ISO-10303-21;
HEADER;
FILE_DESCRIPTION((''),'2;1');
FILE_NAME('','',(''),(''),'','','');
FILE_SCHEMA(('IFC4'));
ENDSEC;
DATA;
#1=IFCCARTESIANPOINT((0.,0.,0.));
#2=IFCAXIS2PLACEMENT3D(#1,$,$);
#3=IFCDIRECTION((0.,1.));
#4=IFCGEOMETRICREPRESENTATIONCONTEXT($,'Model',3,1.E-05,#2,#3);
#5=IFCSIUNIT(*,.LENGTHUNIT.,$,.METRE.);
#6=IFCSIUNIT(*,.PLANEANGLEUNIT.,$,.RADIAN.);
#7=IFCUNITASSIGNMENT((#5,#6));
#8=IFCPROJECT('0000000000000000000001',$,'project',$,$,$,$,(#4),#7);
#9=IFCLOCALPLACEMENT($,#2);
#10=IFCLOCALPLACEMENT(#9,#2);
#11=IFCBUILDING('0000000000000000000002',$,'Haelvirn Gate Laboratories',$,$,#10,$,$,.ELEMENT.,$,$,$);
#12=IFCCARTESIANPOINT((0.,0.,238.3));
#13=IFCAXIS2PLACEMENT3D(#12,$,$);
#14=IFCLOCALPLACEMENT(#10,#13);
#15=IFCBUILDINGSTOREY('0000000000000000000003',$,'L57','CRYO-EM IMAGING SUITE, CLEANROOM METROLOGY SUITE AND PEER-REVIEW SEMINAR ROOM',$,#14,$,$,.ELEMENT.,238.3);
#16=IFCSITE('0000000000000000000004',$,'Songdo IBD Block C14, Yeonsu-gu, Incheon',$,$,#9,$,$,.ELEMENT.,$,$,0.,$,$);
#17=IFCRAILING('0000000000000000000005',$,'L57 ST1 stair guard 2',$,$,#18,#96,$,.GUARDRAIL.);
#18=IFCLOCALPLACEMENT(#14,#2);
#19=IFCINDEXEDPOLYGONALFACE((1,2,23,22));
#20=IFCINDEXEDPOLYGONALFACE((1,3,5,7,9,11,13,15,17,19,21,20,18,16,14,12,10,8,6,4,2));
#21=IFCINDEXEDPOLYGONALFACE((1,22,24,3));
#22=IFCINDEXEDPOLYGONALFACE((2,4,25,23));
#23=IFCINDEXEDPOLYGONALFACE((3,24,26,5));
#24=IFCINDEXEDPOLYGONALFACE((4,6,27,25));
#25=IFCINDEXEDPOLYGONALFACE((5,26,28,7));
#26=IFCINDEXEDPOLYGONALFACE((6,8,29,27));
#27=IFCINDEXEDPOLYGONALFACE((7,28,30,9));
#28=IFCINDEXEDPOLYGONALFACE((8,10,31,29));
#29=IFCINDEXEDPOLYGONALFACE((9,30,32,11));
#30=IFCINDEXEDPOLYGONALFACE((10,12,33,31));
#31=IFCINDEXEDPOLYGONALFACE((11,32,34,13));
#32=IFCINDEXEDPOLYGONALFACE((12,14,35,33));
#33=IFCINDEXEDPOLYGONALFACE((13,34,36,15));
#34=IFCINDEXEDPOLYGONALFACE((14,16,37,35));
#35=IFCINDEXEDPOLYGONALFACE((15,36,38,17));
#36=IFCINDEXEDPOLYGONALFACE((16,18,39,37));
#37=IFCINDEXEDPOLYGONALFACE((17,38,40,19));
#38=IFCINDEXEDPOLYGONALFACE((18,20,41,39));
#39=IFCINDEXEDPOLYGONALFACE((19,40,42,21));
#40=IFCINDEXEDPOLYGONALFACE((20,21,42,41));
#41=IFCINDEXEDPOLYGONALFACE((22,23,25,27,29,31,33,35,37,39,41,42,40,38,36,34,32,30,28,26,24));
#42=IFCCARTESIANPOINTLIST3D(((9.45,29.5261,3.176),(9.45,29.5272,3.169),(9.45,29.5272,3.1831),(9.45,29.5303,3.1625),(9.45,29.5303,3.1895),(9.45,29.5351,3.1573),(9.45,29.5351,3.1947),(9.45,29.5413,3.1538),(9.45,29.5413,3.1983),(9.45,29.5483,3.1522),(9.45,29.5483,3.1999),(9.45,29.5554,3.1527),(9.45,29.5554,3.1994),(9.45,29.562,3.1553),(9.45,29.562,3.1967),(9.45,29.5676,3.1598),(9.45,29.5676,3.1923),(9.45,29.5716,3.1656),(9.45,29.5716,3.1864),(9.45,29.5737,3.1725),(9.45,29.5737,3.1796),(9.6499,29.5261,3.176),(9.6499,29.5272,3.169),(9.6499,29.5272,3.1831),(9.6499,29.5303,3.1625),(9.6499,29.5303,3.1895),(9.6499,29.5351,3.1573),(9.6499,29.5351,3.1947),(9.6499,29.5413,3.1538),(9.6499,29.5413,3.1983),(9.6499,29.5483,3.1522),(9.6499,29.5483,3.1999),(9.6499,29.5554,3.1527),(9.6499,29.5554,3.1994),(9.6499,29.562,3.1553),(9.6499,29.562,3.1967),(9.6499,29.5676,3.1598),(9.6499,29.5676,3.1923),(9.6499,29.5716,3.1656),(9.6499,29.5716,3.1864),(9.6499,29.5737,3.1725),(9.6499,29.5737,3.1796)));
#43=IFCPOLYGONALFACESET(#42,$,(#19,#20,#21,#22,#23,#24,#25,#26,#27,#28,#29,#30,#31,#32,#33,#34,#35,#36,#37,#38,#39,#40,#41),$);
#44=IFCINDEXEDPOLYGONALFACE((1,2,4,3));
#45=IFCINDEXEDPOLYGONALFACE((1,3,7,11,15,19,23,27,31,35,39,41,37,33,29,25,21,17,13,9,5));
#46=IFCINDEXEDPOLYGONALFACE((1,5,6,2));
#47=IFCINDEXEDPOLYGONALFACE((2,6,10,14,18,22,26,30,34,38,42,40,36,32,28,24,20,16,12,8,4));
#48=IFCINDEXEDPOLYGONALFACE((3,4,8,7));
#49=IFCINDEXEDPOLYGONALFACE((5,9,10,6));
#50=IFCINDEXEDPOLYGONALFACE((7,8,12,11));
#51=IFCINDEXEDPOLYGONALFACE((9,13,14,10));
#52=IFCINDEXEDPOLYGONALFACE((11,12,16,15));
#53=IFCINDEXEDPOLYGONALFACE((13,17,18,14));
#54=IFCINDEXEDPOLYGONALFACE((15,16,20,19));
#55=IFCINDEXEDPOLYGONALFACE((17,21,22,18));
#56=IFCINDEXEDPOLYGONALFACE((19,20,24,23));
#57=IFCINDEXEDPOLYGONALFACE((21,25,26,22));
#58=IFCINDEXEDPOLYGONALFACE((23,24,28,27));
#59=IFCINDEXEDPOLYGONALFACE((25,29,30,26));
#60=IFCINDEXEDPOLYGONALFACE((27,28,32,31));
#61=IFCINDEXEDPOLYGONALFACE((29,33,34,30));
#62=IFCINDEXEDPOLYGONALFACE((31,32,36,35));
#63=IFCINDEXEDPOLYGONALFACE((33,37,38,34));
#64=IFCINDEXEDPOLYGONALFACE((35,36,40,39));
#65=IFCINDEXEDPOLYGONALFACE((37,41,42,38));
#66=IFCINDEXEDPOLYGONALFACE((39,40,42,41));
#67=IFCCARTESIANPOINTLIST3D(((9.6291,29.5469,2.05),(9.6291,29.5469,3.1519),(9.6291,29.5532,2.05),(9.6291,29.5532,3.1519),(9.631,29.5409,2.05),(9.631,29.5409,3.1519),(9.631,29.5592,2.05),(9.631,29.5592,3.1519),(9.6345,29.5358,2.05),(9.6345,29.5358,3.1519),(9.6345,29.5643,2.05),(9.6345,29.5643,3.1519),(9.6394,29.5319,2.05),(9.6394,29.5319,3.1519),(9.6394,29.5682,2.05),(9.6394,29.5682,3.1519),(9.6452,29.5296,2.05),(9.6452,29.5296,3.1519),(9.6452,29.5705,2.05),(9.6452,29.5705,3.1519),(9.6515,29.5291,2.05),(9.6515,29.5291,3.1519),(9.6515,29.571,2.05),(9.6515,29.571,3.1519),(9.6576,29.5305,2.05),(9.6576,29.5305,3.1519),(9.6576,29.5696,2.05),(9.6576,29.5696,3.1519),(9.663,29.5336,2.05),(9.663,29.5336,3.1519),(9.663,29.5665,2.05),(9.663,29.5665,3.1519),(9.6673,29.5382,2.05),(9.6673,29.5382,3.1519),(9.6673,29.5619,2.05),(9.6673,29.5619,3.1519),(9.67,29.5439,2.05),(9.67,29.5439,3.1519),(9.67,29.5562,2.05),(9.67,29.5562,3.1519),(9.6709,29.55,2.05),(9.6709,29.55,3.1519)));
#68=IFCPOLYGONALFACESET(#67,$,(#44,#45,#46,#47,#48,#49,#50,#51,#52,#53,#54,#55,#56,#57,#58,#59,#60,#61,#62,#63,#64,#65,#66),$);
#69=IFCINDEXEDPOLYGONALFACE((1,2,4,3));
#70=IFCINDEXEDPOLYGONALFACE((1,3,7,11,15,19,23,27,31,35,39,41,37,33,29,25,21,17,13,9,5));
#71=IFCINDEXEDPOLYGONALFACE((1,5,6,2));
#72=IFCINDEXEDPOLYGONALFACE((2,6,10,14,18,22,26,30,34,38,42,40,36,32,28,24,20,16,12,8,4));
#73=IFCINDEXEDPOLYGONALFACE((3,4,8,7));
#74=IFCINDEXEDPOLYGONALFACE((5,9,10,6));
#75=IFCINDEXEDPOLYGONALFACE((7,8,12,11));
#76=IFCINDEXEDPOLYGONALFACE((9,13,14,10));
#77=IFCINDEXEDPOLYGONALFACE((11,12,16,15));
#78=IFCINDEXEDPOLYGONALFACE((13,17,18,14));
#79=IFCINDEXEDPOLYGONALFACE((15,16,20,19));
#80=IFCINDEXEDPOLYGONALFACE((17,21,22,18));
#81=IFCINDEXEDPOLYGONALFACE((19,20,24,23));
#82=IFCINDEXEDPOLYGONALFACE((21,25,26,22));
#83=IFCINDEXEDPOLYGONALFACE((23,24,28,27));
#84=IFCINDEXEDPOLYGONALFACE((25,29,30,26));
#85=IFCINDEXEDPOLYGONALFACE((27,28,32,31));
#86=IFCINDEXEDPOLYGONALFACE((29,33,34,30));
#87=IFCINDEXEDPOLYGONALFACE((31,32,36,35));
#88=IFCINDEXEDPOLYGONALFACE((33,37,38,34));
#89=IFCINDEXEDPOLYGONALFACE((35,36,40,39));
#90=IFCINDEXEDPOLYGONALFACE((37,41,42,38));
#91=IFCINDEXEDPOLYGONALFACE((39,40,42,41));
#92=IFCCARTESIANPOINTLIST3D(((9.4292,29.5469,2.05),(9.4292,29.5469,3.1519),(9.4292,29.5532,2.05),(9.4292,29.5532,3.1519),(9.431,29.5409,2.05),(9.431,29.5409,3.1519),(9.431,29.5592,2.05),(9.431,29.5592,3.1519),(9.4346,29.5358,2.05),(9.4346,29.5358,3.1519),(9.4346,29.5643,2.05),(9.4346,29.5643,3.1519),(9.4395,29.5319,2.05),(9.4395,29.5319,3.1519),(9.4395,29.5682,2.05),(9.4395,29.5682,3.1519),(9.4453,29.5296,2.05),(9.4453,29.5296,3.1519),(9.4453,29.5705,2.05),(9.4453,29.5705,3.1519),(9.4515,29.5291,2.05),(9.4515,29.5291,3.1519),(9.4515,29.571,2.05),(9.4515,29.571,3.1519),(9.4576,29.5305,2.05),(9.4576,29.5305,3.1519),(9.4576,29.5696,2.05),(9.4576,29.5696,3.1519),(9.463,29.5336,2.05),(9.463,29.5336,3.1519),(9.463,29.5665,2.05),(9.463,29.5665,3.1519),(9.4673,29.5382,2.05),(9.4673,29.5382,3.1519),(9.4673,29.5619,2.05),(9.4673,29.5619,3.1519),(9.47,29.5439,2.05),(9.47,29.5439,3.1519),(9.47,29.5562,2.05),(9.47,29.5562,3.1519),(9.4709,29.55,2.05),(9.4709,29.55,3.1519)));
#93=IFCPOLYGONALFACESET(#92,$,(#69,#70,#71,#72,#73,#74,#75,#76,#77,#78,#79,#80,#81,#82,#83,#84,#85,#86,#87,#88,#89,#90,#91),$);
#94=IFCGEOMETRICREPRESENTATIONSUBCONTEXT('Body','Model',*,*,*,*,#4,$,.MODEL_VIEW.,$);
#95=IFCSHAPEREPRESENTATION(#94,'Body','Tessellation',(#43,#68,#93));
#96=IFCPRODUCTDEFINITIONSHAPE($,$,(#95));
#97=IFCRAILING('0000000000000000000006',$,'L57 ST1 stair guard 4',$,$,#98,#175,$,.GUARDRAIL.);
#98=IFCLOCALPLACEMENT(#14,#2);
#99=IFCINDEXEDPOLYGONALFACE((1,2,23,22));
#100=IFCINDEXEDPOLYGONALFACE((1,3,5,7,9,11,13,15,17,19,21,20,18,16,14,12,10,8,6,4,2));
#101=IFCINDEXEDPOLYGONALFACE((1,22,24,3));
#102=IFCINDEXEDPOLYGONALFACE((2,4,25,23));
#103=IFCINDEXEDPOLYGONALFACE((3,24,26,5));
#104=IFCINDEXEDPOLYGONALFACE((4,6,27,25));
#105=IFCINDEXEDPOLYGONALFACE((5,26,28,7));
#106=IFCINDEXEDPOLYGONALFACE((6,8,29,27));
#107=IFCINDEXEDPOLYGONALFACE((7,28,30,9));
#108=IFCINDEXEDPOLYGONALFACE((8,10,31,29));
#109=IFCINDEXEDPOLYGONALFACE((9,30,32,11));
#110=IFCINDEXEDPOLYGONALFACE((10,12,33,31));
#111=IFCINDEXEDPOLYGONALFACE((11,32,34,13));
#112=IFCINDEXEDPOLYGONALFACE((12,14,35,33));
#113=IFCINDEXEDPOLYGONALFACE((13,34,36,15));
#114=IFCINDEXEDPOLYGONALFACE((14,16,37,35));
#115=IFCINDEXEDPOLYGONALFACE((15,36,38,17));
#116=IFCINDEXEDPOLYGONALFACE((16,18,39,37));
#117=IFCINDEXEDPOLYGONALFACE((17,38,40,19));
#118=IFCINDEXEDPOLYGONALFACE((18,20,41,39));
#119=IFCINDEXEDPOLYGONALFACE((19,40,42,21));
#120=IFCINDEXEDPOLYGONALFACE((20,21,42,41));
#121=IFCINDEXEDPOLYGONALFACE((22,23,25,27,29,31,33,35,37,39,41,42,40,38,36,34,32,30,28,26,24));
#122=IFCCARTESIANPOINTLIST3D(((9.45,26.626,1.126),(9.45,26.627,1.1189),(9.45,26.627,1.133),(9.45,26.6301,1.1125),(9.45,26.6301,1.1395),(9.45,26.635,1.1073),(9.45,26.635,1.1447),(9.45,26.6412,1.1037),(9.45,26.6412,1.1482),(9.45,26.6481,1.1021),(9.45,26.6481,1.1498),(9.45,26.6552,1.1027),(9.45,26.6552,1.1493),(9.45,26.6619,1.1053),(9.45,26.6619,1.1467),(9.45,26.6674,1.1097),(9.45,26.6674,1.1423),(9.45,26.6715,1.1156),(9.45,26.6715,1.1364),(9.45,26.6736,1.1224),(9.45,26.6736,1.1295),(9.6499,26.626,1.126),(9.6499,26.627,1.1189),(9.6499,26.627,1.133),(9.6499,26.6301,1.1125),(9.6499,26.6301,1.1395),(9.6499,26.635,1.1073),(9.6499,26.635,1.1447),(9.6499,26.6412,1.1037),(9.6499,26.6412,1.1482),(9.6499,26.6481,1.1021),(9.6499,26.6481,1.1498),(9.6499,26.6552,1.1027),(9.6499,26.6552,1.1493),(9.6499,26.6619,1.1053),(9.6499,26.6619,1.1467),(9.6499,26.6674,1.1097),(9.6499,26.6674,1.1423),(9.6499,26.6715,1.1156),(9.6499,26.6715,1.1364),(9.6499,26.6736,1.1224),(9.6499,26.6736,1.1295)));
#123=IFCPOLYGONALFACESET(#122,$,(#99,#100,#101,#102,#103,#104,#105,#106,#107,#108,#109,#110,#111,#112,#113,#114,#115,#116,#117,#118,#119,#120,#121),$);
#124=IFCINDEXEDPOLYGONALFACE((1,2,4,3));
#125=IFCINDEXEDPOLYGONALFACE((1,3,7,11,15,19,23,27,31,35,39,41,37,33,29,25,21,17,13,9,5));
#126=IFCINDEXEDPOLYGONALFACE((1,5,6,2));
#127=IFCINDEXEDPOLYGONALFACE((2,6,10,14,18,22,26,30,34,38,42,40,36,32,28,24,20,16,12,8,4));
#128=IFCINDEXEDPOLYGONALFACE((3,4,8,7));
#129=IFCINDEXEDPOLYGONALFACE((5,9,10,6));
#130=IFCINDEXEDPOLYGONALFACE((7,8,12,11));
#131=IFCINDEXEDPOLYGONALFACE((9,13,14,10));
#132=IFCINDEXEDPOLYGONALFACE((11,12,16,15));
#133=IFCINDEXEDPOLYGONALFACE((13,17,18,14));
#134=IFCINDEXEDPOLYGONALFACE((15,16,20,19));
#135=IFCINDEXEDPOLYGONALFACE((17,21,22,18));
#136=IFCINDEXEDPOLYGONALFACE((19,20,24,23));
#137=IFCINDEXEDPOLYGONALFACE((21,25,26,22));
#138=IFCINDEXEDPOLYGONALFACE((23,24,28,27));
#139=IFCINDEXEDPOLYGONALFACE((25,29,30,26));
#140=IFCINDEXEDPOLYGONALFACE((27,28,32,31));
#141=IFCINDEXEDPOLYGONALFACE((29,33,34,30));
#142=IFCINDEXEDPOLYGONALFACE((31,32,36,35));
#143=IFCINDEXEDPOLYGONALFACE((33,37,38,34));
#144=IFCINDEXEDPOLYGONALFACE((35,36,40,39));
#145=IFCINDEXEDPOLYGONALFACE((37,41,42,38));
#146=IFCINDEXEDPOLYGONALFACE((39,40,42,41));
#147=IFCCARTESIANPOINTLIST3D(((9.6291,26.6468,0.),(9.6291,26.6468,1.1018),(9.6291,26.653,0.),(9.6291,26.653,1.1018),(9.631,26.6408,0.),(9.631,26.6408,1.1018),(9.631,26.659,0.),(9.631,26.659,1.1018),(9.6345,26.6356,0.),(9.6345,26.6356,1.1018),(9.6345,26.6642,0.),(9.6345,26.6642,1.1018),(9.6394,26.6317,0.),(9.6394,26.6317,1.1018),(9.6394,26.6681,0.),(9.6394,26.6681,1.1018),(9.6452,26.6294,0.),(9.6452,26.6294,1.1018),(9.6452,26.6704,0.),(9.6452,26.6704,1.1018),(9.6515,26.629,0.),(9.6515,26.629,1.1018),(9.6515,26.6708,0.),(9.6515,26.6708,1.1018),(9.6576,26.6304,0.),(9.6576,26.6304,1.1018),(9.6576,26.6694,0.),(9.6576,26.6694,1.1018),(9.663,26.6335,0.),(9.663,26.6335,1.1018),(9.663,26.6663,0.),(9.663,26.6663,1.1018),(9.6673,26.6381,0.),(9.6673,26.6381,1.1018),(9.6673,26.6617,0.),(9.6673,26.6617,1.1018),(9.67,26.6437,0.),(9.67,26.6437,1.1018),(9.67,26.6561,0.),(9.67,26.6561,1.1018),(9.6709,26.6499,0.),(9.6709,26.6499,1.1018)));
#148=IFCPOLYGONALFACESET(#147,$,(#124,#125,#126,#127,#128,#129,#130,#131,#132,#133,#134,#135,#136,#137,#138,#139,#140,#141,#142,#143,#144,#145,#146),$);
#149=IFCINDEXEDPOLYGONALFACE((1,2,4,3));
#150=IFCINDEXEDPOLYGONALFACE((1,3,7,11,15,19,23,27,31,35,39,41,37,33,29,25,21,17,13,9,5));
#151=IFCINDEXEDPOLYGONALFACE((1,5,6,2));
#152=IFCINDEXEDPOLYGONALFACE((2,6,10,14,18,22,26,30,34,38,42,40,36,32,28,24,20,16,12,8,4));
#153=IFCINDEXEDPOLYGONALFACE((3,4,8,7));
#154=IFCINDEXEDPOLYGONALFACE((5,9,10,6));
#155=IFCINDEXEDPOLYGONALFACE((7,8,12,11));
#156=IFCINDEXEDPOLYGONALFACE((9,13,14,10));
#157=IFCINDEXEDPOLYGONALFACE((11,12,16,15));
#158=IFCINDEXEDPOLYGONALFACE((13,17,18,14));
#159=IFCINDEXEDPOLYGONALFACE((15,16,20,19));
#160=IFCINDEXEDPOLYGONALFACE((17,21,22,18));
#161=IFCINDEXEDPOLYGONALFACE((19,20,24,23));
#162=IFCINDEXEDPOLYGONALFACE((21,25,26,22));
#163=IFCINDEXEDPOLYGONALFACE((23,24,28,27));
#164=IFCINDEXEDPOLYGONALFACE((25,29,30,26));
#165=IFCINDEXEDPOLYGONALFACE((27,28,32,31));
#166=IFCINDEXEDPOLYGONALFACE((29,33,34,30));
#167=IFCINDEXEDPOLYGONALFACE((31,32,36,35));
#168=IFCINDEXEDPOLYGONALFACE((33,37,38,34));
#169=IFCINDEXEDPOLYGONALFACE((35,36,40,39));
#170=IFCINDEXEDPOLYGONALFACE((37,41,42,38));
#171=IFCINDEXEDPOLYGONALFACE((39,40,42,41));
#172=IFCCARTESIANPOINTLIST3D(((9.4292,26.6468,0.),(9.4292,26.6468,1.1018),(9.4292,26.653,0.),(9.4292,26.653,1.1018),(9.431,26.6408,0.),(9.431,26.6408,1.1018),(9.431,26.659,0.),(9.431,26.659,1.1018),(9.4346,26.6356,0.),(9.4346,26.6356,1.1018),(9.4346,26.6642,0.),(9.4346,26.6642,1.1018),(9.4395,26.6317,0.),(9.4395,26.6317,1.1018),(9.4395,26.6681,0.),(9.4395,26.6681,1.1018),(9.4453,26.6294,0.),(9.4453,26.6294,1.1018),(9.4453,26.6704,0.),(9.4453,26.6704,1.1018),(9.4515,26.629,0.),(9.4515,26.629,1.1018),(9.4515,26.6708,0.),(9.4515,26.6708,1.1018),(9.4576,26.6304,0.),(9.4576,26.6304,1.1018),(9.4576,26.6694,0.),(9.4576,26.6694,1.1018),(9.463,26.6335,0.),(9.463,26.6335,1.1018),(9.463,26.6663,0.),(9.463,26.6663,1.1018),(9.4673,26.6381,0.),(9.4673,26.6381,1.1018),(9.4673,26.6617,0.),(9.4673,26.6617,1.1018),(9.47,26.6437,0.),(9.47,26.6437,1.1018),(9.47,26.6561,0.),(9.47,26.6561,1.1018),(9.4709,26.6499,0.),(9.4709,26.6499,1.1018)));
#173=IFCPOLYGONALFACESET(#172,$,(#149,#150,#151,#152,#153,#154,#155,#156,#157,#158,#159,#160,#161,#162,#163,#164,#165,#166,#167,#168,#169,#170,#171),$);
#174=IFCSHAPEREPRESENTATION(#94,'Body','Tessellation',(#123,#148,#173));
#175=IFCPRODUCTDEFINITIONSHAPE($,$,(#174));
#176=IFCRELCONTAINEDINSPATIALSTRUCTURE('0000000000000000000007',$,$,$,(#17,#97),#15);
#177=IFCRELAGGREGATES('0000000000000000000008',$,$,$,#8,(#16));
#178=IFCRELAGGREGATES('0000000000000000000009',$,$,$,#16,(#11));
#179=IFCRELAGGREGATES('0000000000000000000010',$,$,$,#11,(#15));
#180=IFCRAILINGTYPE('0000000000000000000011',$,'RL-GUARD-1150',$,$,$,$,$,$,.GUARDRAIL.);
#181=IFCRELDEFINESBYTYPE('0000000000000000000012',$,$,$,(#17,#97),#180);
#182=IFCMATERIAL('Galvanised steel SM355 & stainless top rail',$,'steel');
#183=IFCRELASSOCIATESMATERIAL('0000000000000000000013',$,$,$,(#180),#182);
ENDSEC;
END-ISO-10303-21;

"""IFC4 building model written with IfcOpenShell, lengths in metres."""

from ifc_helpers import new_model, si_unit, direction, frame, origin, origin_2d, place, context, subcontext, project, spatial, circle, extrude, source, transform, mapped, material, type_object, element, save


model = new_model("IFC4")

# Units and contexts
model_context = context("Model", 3, precision=1e-05, world=origin(), true_north=direction((0.0, 1.0)))
body_context = subcontext(model_context, "Body", "Model", "MODEL_VIEW")
ifc_project = project(units=[si_unit("LENGTHUNIT", "METRE"), si_unit("PLANEANGLEUNIT", "RADIAN")], contexts=[model_context])

# Site, building, storey
site_placement = place(None, origin())
site = spatial("IfcSite", under=ifc_project, at=site_placement, Name="Songdo IBD Block C14, Yeonsu-gu, Incheon", CompositionType="ELEMENT", RefElevation=0.0)
building_placement = place(site_placement, origin())
building = spatial("IfcBuilding", under=site, at=building_placement, Name="Haelvirn Gate Laboratories", CompositionType="ELEMENT")
storey_placement = place(building_placement, frame((0.0, 0.0, 238.3)))
storey = spatial("IfcBuildingStorey", under=building, at=storey_placement, Name="L57", Description="CRYO-EM IMAGING SUITE, CLEANROOM METROLOGY SUITE AND PEER-REVIEW SEMINAR ROOM", CompositionType="ELEMENT", Elevation=238.3)

# Railings
ifc_material_1 = material(Name="Galvanised steel SM355 & stainless top rail", Category="steel")
railing_type_1 = type_object("IfcRailingType", Name="RL-GUARD-1150", PredefinedType="GUARDRAIL", material=ifc_material_1)
shared_shape_1 = source(origin(), body_context, "Body", "SweptSolid", [
    extrude(circle(Radius=0.0239, at=origin_2d()), frame((0.0, 0.0, 1.126), z_axis=(-1.0, 0.0, 0.0), x_axis=(0.0, -1.0, 0.0)), (0.0, 0.0, 1.0), 0.2),
    extrude(circle(Radius=0.021, at=origin_2d()), origin(), (0.0, 0.0, 1.0), 1.1018),
    extrude(circle(Radius=0.021, at=origin_2d()), frame((-0.2, 0.0, 0.0)), (0.0, 0.0, 1.0), 1.1018),
])
for number, where, name in (
    (1, (9.6499, 29.55, 2.05), "L57 ST1 stair guard 2"),
    (2, (9.6499, 26.6499, 0.0), "L57 ST1 stair guard 4"),
):
    element("IfcRailing", number, at=place(storey_placement, frame(where)), inside=storey, type_object=railing_type_1, Name=name, PredefinedType="GUARDRAIL", context=body_context, shape_type="MappedRepresentation", body=[
        mapped(shared_shape_1, transform((0.0, 0.0, 0.0), scale=1.0)),
    ])

save(model, "model.ifc")
